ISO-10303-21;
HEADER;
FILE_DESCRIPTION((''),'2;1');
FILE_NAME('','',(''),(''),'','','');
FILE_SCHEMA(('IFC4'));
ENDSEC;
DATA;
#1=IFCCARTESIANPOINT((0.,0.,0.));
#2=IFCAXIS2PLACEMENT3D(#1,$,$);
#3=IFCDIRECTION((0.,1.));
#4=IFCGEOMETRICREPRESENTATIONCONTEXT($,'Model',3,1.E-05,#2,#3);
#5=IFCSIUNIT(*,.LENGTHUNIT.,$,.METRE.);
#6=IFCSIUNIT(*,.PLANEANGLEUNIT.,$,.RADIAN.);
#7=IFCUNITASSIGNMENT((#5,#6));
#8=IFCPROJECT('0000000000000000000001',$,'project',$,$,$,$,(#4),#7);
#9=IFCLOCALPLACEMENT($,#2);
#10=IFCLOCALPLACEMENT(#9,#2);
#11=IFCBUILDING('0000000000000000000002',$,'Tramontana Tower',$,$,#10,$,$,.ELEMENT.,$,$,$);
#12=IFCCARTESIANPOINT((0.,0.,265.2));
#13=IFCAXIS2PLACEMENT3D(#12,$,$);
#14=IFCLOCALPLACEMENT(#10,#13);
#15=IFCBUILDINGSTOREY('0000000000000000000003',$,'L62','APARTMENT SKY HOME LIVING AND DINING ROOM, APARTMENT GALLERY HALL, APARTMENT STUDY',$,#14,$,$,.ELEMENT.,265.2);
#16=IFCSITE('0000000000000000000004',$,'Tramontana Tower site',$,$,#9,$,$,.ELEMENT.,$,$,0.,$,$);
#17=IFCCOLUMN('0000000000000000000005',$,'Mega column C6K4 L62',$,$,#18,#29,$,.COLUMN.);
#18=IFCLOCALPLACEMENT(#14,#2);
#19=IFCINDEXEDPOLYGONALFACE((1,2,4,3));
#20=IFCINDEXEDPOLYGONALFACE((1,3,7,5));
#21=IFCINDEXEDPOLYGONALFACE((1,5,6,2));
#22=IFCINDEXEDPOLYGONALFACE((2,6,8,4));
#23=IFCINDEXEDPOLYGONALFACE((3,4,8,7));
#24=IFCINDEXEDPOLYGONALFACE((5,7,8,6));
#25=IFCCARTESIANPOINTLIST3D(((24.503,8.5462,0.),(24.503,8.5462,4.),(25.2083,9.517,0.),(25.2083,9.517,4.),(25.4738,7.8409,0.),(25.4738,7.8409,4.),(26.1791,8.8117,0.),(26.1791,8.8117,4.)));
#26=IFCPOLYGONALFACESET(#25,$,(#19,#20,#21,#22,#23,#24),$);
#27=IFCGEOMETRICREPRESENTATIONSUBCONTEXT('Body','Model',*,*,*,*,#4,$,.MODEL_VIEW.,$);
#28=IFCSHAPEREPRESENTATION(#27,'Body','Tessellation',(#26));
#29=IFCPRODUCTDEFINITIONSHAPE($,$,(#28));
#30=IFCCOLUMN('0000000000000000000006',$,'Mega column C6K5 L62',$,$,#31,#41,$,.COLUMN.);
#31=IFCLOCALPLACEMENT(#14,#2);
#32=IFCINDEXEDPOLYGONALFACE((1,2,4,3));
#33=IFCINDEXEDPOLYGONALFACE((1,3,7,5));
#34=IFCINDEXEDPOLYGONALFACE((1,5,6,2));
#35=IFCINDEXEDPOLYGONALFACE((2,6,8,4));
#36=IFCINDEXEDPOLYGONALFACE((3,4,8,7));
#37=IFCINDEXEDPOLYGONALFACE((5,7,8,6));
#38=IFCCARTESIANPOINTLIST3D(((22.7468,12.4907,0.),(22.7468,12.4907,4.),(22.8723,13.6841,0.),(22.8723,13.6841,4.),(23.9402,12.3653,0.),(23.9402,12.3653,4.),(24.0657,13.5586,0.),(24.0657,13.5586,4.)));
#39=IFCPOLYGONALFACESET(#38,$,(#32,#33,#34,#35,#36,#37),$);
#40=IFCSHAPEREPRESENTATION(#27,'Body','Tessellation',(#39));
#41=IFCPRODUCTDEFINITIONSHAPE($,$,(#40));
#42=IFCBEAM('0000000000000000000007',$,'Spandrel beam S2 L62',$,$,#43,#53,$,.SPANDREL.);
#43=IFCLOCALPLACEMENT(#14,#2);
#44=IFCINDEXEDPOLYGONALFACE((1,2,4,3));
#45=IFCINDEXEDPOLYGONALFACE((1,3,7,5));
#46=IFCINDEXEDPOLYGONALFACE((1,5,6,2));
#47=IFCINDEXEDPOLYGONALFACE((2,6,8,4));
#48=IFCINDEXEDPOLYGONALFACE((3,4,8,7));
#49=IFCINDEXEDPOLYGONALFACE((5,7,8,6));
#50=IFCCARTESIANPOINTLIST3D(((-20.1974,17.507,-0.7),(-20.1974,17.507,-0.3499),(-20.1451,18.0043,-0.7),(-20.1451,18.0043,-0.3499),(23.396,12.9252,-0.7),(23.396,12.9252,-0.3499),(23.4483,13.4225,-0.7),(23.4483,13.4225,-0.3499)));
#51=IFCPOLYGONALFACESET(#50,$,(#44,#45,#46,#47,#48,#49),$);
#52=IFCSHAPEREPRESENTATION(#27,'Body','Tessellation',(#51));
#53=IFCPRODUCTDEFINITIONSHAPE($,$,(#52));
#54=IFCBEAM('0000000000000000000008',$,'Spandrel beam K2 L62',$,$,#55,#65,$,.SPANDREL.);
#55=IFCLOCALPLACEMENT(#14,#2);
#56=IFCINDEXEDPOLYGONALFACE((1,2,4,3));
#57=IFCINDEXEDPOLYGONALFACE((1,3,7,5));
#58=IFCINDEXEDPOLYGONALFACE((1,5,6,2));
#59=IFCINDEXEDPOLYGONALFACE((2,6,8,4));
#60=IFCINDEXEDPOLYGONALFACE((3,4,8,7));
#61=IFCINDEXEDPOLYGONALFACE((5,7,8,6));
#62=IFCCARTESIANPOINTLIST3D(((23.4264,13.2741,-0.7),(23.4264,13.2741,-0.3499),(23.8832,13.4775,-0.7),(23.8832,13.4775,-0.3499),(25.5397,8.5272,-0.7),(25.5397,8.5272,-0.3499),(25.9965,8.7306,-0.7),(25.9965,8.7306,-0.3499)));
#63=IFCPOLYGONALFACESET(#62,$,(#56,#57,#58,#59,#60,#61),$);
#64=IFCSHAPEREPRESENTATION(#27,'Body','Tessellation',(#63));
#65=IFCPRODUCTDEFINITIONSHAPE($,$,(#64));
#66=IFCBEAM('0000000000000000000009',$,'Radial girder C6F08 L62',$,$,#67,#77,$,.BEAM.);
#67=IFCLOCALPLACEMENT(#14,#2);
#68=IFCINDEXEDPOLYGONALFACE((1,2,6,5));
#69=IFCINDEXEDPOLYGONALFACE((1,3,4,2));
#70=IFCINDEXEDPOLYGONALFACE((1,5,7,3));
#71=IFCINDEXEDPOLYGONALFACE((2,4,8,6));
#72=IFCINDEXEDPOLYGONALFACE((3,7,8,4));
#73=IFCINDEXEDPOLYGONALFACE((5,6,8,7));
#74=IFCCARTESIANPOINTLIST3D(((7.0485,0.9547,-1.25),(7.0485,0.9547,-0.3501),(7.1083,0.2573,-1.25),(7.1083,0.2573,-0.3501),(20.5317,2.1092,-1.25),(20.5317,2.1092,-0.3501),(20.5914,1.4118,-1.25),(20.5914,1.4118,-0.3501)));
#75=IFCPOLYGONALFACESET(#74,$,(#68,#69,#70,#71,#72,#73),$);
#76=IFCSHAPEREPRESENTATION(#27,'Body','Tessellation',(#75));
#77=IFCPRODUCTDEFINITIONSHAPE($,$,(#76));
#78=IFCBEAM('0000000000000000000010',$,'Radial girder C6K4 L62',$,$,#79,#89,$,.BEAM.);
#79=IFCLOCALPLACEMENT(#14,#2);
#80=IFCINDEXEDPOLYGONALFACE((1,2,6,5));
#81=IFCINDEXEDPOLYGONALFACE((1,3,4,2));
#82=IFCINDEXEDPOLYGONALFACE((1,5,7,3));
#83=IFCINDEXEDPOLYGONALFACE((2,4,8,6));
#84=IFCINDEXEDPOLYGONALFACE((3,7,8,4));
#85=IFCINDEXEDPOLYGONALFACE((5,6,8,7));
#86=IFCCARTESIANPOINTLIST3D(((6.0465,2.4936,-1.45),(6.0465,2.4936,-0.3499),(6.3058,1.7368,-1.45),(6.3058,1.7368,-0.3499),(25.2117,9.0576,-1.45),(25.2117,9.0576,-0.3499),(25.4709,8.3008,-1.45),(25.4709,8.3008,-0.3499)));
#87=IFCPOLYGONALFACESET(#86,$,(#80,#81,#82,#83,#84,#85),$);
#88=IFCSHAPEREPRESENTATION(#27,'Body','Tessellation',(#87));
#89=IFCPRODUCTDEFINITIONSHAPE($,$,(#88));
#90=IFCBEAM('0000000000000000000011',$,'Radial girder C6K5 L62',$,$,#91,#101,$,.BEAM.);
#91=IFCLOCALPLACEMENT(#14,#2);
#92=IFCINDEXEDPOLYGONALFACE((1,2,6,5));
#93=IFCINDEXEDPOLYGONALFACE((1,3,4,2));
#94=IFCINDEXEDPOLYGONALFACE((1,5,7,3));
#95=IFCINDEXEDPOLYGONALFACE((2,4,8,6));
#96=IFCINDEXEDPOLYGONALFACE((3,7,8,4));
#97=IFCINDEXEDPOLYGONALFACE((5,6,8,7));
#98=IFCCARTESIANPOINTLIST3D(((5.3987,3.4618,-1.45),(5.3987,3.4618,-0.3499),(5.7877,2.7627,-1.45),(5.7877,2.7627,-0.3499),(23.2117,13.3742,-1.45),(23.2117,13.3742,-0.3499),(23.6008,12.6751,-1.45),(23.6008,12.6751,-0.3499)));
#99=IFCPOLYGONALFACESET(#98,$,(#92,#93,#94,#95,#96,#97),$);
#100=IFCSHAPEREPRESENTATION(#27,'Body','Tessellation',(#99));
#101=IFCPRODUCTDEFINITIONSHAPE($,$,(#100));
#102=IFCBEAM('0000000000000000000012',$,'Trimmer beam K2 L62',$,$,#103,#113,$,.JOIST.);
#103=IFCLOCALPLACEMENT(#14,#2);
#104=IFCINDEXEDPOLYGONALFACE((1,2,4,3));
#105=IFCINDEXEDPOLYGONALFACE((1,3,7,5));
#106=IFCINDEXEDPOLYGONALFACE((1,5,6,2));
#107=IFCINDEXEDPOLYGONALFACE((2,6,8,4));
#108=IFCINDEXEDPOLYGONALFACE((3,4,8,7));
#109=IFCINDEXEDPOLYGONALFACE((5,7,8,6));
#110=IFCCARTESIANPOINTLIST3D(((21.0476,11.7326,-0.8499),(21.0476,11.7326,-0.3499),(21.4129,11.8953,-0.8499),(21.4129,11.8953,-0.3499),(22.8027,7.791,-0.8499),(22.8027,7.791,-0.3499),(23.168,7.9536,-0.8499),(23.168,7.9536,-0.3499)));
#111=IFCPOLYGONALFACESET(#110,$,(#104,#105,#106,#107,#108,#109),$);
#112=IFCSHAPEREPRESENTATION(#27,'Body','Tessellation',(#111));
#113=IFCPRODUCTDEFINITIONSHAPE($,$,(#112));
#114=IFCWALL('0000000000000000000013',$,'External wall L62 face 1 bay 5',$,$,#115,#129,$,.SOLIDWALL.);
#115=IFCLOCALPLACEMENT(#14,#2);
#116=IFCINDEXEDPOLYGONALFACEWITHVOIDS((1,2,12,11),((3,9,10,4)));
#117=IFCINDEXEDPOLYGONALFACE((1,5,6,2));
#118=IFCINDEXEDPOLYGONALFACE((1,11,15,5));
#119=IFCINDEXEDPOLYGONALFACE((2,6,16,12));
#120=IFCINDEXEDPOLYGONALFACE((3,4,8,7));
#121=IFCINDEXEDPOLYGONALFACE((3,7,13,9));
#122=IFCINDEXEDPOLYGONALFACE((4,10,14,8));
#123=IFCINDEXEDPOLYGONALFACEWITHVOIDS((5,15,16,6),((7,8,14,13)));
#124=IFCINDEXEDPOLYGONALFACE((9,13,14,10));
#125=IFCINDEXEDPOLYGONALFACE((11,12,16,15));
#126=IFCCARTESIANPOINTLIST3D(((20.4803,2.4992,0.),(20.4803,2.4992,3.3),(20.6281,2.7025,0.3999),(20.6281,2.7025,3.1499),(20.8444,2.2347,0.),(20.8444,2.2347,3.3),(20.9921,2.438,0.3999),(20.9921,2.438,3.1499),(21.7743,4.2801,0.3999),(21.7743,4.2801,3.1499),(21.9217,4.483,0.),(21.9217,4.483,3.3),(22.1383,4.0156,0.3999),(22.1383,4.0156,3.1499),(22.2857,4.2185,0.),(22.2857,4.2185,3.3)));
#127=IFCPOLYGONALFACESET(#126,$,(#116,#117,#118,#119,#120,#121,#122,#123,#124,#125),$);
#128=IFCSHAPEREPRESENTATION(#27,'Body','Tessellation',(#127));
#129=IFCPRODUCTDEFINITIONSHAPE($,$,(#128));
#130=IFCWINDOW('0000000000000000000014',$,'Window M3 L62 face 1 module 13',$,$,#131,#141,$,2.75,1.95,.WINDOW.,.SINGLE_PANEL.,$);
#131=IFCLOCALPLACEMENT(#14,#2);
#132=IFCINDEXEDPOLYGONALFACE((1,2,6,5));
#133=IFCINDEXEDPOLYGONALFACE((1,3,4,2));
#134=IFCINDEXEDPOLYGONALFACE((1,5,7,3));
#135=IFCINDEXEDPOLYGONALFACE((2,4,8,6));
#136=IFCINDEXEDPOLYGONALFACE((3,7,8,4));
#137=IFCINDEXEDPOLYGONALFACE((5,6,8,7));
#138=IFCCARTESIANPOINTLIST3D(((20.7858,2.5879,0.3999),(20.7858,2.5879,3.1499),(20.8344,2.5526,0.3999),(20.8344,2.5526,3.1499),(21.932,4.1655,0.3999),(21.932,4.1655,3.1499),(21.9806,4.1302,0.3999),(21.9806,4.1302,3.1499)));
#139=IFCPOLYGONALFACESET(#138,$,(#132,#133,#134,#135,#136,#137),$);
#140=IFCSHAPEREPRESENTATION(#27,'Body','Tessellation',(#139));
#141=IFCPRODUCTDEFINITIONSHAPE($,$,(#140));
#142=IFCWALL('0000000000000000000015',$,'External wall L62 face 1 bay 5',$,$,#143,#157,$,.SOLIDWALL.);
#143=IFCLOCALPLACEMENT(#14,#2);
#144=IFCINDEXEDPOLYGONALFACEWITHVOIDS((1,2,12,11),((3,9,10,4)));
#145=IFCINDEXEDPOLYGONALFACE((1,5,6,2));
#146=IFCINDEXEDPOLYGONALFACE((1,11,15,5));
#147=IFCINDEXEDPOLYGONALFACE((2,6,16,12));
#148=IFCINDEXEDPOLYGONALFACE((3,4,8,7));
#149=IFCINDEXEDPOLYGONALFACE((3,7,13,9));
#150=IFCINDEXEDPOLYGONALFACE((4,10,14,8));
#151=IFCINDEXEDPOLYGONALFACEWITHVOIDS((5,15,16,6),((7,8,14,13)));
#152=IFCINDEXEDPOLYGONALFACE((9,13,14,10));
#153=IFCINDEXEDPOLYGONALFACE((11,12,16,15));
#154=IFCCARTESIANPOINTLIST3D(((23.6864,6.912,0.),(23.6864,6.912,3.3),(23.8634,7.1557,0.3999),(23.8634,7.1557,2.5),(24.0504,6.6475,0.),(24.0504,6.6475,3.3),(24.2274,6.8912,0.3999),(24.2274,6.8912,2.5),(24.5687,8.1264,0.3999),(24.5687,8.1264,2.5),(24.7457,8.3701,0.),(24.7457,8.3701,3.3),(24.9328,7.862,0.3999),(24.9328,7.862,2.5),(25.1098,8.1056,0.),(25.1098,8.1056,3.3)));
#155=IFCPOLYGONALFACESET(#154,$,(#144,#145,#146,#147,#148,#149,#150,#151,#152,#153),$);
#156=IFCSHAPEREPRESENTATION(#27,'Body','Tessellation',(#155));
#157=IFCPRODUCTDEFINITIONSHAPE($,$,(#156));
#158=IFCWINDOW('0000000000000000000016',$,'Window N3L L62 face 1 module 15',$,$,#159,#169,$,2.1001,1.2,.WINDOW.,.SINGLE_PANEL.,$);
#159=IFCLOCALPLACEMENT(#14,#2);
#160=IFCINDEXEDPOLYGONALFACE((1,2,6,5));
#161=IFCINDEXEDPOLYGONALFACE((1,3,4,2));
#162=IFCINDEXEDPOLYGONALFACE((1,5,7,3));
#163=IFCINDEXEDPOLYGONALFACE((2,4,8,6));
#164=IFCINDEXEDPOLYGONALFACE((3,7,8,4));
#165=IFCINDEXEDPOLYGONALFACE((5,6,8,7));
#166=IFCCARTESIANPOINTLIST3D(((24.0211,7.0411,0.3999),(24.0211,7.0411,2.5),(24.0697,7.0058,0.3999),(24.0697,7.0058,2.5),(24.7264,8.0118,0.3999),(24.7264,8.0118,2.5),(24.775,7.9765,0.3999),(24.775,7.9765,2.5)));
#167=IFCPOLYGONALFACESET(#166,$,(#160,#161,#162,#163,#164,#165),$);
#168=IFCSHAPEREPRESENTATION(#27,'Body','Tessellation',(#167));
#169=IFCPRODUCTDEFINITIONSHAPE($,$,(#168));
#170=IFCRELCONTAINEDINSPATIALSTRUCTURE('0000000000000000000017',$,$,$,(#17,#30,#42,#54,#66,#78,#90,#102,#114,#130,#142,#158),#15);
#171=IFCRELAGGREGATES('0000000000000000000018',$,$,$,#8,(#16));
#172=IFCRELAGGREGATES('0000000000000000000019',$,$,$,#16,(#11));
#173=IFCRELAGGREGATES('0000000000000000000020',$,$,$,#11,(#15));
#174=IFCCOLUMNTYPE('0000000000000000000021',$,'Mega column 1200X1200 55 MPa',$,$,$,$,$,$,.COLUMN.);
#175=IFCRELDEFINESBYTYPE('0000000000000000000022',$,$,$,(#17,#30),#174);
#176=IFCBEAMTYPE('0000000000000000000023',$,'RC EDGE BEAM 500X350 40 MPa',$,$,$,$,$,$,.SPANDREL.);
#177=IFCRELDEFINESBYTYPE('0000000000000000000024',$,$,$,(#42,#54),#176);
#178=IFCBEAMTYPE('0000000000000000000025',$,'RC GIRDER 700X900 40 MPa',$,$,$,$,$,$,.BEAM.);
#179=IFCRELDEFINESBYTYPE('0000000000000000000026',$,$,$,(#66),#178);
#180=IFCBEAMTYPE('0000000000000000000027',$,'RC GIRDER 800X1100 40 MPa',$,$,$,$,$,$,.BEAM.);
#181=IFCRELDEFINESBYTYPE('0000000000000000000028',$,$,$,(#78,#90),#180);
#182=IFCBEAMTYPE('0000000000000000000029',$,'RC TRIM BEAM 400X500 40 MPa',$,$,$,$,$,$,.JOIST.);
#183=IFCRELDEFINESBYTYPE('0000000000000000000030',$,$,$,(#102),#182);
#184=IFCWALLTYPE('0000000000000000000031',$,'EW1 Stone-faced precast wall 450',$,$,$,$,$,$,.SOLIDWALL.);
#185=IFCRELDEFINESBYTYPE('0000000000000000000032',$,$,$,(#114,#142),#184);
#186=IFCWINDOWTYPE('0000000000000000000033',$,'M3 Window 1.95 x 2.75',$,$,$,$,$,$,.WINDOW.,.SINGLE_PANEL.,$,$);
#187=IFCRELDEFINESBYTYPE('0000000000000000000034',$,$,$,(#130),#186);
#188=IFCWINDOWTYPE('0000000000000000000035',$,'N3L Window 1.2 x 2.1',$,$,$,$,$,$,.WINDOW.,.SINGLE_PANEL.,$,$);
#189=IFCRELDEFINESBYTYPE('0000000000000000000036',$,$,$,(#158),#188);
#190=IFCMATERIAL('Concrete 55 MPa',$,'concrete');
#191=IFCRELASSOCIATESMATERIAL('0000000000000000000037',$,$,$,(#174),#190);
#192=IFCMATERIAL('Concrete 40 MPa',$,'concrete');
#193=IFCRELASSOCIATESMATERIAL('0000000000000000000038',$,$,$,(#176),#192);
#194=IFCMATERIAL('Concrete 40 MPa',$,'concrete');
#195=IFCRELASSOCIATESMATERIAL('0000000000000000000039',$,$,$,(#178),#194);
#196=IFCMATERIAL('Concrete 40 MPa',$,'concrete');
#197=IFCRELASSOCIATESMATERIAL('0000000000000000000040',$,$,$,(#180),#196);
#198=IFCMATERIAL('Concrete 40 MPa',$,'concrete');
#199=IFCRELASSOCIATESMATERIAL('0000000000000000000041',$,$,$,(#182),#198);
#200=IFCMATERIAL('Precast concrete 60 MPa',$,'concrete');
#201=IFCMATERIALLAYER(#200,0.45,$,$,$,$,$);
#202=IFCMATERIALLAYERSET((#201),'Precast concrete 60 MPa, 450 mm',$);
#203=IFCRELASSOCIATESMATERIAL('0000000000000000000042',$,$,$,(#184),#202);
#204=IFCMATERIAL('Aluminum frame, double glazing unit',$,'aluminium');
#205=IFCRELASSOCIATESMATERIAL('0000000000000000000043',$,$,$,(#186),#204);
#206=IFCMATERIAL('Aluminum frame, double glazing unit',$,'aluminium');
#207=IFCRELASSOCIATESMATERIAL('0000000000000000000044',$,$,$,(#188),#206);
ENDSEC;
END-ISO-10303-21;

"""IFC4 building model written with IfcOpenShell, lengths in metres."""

from ifc_helpers import new_model, si_unit, direction, frame, frame_2d, origin, origin_2d, place, context, subcontext, project, spatial, rectangle, extrude, material, layer, layer_set, material_profile, profile_set, type_object, element, fill, save


model = new_model("IFC4")

# Units and contexts
model_context = context("Model", 3, precision=1e-05, world=origin(), true_north=direction((0.0, 1.0)))
body_context = subcontext(model_context, "Body", "Model", "MODEL_VIEW")
ifc_project = project(units=[si_unit("LENGTHUNIT", "METRE"), si_unit("PLANEANGLEUNIT", "RADIAN")], contexts=[model_context])

# Site, building, storey
site_placement = place(None, origin())
site = spatial("IfcSite", under=ifc_project, at=site_placement, Name="Tramontana Tower site", CompositionType="ELEMENT", RefElevation=0.0)
building_placement = place(site_placement, origin())
building = spatial("IfcBuilding", under=site, at=building_placement, Name="Tramontana Tower", CompositionType="ELEMENT")
storey_placement = place(building_placement, frame((0.0, 0.0, 265.2)))
storey = spatial("IfcBuildingStorey", under=building, at=storey_placement, Name="L62", Description="APARTMENT SKY HOME LIVING AND DINING ROOM, APARTMENT GALLERY HALL, APARTMENT STUDY", CompositionType="ELEMENT", Elevation=265.2)

# Columns
ifc_material_1 = material(Name="Concrete 55 MPa", Category="concrete")
ifc_material_profile_1 = material_profile(ifc_material_1, rectangle(XDim=1.2, YDim=1.2, at=origin_2d()), Name="Mega column 1200X1200 55 MPa")
ifc_profile_set_1 = profile_set([ifc_material_profile_1], Name="Concrete 55 MPa")
column_type = type_object("IfcColumnType", Name="Mega column 1200X1200 55 MPa", PredefinedType="COLUMN", material=ifc_profile_set_1)
for number, where, z_axis, x_axis, name in (
    (1, (25.3411, 8.679, 0.0), (0.0, 0.0, 1.0), (0.587785, 0.809017, 0.0), "Mega column C6K4 L62"),
    (2, (23.4062, 13.0247, 0.0), (0.0, 0.0, 1.0), (-0.994522, 0.104528, 0.0), "Mega column C6K5 L62"),
):
    element("IfcColumn", number, at=place(storey_placement, frame(where, z_axis=z_axis, x_axis=x_axis)), inside=storey, type_object=column_type, Name=name, PredefinedType="COLUMN", context=body_context, shape_type="SweptSolid", body=[
        extrude(rectangle(XDim=1.2, YDim=1.2, at=origin_2d()), origin(), (0.0, 0.0, 1.0), 4.0),
    ])

# Beams
ifc_material_2 = material(Name="Concrete 40 MPa", Category="concrete")
ifc_material_profile_2 = material_profile(ifc_material_2, rectangle(XDim=0.5, YDim=0.3501, at=origin_2d()), Name="RC EDGE BEAM 500X350 40 MPa")
ifc_profile_set_2 = profile_set([ifc_material_profile_2], Name="Concrete 40 MPa")
beam_type_1 = type_object("IfcBeamType", Name="RC EDGE BEAM 500X350 40 MPa", PredefinedType="SPANDREL", material=ifc_profile_set_2)
beam_1_placement = place(storey_placement, frame((23.4221, 13.1738, -0.5249), z_axis=(-0.994522, 0.104527, 0.0), x_axis=(-0.104527, -0.994522, 0.0)))
element("IfcBeam", 3, at=beam_1_placement, inside=storey, type_object=beam_type_1, Name="Spandrel beam S2 L62", PredefinedType="SPANDREL", context=body_context, shape_type="SweptSolid", body=[
    extrude(rectangle(XDim=0.5, YDim=0.3501, at=origin_2d()), origin(), (0.0, 0.0, 1.0), 43.8335),
])
beam_2_placement = place(storey_placement, frame((25.7681, 8.6289, -0.5249), z_axis=(-0.406714, 0.913556, 0.0), x_axis=(-0.913556, -0.406714, 0.0)))
element("IfcBeam", 4, at=beam_2_placement, inside=storey, type_object=beam_type_1, Name="Spandrel beam K2 L62", PredefinedType="SPANDREL", context=body_context, shape_type="SweptSolid", body=[
    extrude(rectangle(XDim=0.5, YDim=0.3501, at=origin_2d()), origin(), (0.0, 0.0, 1.0), 5.196),
])
ifc_material_3 = material(Name="Concrete 40 MPa", Category="concrete")
ifc_material_profile_3 = material_profile(ifc_material_3, rectangle(XDim=0.7, YDim=0.8999, at=origin_2d()), Name="RC GIRDER 700X900 40 MPa")
ifc_profile_set_3 = profile_set([ifc_material_profile_3], Name="Concrete 40 MPa")
beam_type_2 = type_object("IfcBeamType", Name="RC GIRDER 700X900 40 MPa", PredefinedType="BEAM", material=ifc_profile_set_3)
beam_3_placement = place(storey_placement, frame((20.5615, 1.7605, -0.8), z_axis=(-0.996354, -0.085316, 0.0), x_axis=(0.085316, -0.996354, 0.0)))
element("IfcBeam", 5, at=beam_3_placement, inside=storey, type_object=beam_type_2, Name="Radial girder C6F08 L62", PredefinedType="BEAM", context=body_context, shape_type="SweptSolid", body=[
    extrude(rectangle(XDim=0.7, YDim=0.8999, at=origin_2d()), origin(), (0.0, 0.0, 1.0), 13.5325),
])
ifc_material_4 = material(Name="Concrete 40 MPa", Category="concrete")
ifc_material_profile_4 = material_profile(ifc_material_4, rectangle(XDim=0.8, YDim=1.1001, at=origin_2d()), Name="RC GIRDER 800X1100 40 MPa")
ifc_profile_set_4 = profile_set([ifc_material_profile_4], Name="Concrete 40 MPa")
beam_type_3 = type_object("IfcBeamType", Name="RC GIRDER 800X1100 40 MPa", PredefinedType="BEAM", material=ifc_profile_set_4)
beam_4_placement = place(storey_placement, frame((25.3413, 8.6792, -0.8999), z_axis=(-0.94605, -0.324019, 0.0), x_axis=(0.324019, -0.94605, 0.0)))
element("IfcBeam", 6, at=beam_4_placement, inside=storey, type_object=beam_type_3, Name="Radial girder C6K4 L62", PredefinedType="BEAM", context=body_context, shape_type="SweptSolid", body=[
    extrude(rectangle(XDim=0.8, YDim=1.1001, at=origin_2d()), origin(), (0.0, 0.0, 1.0), 20.2581),
])
beam_5_placement = place(storey_placement, frame((23.4062, 13.0247, -0.8999), z_axis=(-0.873819, -0.486252, 0.0), x_axis=(0.486252, -0.873819, 0.0)))
element("IfcBeam", 7, at=beam_5_placement, inside=storey, type_object=beam_type_3, Name="Radial girder C6K5 L62", PredefinedType="BEAM", context=body_context, shape_type="SweptSolid", body=[
    extrude(rectangle(XDim=0.8, YDim=1.1001, at=origin_2d()), origin(), (0.0, 0.0, 1.0), 20.3853),
])
ifc_material_5 = material(Name="Concrete 40 MPa", Category="concrete")
ifc_material_profile_5 = material_profile(ifc_material_5, rectangle(XDim=0.3999, YDim=0.5, at=origin_2d()), Name="RC TRIM BEAM 400X500 40 MPa")
ifc_profile_set_5 = profile_set([ifc_material_profile_5], Name="Concrete 40 MPa")
beam_type_4 = type_object("IfcBeamType", Name="RC TRIM BEAM 400X500 40 MPa", PredefinedType="JOIST", material=ifc_profile_set_5)
beam_6_placement = place(storey_placement, frame((22.9854, 7.8723, -0.5999), z_axis=(-0.406774, 0.913529, 0.0), x_axis=(-0.913529, -0.406774, 0.0)))
element("IfcBeam", 8, at=beam_6_placement, inside=storey, type_object=beam_type_4, Name="Trimmer beam K2 L62", PredefinedType="JOIST", context=body_context, shape_type="SweptSolid", body=[
    extrude(rectangle(XDim=0.3999, YDim=0.5, at=origin_2d()), origin(), (0.0, 0.0, 1.0), 4.3147),
])

# Walls, openings, windows
ifc_material_6 = material(Name="Precast concrete 60 MPa", Category="concrete")
ifc_layer_1 = layer(ifc_material_6, 0.45)
ifc_layer_set_1 = layer_set([ifc_layer_1], Name="Precast concrete 60 MPa, 450 mm")
wall_type_1 = type_object("IfcWallType", Name="EW1 Stone-faced precast wall 450", PredefinedType="SOLIDWALL", material=ifc_layer_set_1)
wall_1_placement = place(storey_placement, frame((20.6624, 2.3669, 0.0), z_axis=(0.0, 0.0, 1.0), x_axis=(0.587793, 0.809012, 0.0)))
wall_1 = element("IfcWall", 9, at=wall_1_placement, inside=storey, type_object=wall_type_1, Name="External wall L62 face 1 bay 5", PredefinedType="SOLIDWALL", context=body_context, shape_type="SweptSolid", body=[
    extrude(rectangle(XDim=2.4521, YDim=0.45, at=frame_2d((1.2261, 0.0))), origin(), (0.0, 0.0, 1.0), 3.3),
])
opening_1_placement = place(wall_1_placement, frame((0.2512, 0.0, 0.3999)))
opening_1 = element("IfcOpeningElement", 10, at=opening_1_placement, cuts=wall_1, PredefinedType="OPENING", context=body_context, shape_type="SweptSolid", body=[
    extrude(rectangle(XDim=1.95, YDim=2.75, at=frame_2d((0.9751, 1.375))), frame((0.0, 0.2349, 0.0), z_axis=(0.0, -1.0, 0.0), x_axis=(1.0, 0.0, 0.0)), (0.0, 0.0, 1.0), 0.47),
])
ifc_material_7 = material(Name="Aluminum frame, double glazing unit", Category="aluminium")
window_type_1 = type_object("IfcWindowType", Name="M3 Window 1.95 x 2.75", PartitioningType="SINGLE_PANEL", PredefinedType="WINDOW", material=ifc_material_7)
window_1_placement = place(opening_1_placement, origin())
window_1 = element("IfcWindow", 11, at=window_1_placement, inside=storey, type_object=window_type_1, Name="Window M3 L62 face 1 module 13", OverallHeight=2.75, OverallWidth=1.95, PartitioningType="SINGLE_PANEL", PredefinedType="WINDOW", context=body_context, shape_type="SweptSolid", body=[
    extrude(rectangle(XDim=1.95, YDim=2.75, at=frame_2d((0.9751, 1.375))), frame((0.0, 0.03, 0.0), z_axis=(0.0, -1.0, 0.0), x_axis=(1.0, 0.0, 0.0)), (0.0, 0.0, 1.0), 0.0601),
])
fill(opening_1, window_1)
wall_2_placement = place(storey_placement, frame((23.8684, 6.7798, 0.0), z_axis=(0.0, 0.0, 1.0), x_axis=(0.587793, 0.809011, 0.0)))
wall_2 = element("IfcWall", 12, at=wall_2_placement, inside=storey, type_object=wall_type_1, Name="External wall L62 face 1 bay 5", PredefinedType="SOLIDWALL", context=body_context, shape_type="SweptSolid", body=[
    extrude(rectangle(XDim=1.8022, YDim=0.45, at=frame_2d((0.9011, 0.0))), origin(), (0.0, 0.0, 1.0), 3.3),
])
opening_2_placement = place(wall_2_placement, frame((0.301, 0.0, 0.3999)))
opening_2 = element("IfcOpeningElement", 13, at=opening_2_placement, cuts=wall_2, PredefinedType="OPENING", context=body_context, shape_type="SweptSolid", body=[
    extrude(rectangle(XDim=1.2, YDim=2.1001, at=frame_2d((0.6001, 1.05))), frame((0.0, 0.2349, 0.0), z_axis=(0.0, -1.0, 0.0), x_axis=(1.0, 0.0, 0.0)), (0.0, 0.0, 1.0), 0.47),
])
ifc_material_8 = material(Name="Aluminum frame, double glazing unit", Category="aluminium")
window_type_2 = type_object("IfcWindowType", Name="N3L Window 1.2 x 2.1", PartitioningType="SINGLE_PANEL", PredefinedType="WINDOW", material=ifc_material_8)
window_2_placement = place(opening_2_placement, origin())
window_2 = element("IfcWindow", 14, at=window_2_placement, inside=storey, type_object=window_type_2, Name="Window N3L L62 face 1 module 15", OverallHeight=2.1001, OverallWidth=1.2, PartitioningType="SINGLE_PANEL", PredefinedType="WINDOW", context=body_context, shape_type="SweptSolid", body=[
    extrude(rectangle(XDim=1.2, YDim=2.1001, at=frame_2d((0.6001, 1.05))), frame((0.0, 0.03, 0.0), z_axis=(0.0, -1.0, 0.0), x_axis=(1.0, 0.0, 0.0)), (0.0, 0.0, 1.0), 0.0601),
])
fill(opening_2, window_2)

save(model, "model.ifc")
